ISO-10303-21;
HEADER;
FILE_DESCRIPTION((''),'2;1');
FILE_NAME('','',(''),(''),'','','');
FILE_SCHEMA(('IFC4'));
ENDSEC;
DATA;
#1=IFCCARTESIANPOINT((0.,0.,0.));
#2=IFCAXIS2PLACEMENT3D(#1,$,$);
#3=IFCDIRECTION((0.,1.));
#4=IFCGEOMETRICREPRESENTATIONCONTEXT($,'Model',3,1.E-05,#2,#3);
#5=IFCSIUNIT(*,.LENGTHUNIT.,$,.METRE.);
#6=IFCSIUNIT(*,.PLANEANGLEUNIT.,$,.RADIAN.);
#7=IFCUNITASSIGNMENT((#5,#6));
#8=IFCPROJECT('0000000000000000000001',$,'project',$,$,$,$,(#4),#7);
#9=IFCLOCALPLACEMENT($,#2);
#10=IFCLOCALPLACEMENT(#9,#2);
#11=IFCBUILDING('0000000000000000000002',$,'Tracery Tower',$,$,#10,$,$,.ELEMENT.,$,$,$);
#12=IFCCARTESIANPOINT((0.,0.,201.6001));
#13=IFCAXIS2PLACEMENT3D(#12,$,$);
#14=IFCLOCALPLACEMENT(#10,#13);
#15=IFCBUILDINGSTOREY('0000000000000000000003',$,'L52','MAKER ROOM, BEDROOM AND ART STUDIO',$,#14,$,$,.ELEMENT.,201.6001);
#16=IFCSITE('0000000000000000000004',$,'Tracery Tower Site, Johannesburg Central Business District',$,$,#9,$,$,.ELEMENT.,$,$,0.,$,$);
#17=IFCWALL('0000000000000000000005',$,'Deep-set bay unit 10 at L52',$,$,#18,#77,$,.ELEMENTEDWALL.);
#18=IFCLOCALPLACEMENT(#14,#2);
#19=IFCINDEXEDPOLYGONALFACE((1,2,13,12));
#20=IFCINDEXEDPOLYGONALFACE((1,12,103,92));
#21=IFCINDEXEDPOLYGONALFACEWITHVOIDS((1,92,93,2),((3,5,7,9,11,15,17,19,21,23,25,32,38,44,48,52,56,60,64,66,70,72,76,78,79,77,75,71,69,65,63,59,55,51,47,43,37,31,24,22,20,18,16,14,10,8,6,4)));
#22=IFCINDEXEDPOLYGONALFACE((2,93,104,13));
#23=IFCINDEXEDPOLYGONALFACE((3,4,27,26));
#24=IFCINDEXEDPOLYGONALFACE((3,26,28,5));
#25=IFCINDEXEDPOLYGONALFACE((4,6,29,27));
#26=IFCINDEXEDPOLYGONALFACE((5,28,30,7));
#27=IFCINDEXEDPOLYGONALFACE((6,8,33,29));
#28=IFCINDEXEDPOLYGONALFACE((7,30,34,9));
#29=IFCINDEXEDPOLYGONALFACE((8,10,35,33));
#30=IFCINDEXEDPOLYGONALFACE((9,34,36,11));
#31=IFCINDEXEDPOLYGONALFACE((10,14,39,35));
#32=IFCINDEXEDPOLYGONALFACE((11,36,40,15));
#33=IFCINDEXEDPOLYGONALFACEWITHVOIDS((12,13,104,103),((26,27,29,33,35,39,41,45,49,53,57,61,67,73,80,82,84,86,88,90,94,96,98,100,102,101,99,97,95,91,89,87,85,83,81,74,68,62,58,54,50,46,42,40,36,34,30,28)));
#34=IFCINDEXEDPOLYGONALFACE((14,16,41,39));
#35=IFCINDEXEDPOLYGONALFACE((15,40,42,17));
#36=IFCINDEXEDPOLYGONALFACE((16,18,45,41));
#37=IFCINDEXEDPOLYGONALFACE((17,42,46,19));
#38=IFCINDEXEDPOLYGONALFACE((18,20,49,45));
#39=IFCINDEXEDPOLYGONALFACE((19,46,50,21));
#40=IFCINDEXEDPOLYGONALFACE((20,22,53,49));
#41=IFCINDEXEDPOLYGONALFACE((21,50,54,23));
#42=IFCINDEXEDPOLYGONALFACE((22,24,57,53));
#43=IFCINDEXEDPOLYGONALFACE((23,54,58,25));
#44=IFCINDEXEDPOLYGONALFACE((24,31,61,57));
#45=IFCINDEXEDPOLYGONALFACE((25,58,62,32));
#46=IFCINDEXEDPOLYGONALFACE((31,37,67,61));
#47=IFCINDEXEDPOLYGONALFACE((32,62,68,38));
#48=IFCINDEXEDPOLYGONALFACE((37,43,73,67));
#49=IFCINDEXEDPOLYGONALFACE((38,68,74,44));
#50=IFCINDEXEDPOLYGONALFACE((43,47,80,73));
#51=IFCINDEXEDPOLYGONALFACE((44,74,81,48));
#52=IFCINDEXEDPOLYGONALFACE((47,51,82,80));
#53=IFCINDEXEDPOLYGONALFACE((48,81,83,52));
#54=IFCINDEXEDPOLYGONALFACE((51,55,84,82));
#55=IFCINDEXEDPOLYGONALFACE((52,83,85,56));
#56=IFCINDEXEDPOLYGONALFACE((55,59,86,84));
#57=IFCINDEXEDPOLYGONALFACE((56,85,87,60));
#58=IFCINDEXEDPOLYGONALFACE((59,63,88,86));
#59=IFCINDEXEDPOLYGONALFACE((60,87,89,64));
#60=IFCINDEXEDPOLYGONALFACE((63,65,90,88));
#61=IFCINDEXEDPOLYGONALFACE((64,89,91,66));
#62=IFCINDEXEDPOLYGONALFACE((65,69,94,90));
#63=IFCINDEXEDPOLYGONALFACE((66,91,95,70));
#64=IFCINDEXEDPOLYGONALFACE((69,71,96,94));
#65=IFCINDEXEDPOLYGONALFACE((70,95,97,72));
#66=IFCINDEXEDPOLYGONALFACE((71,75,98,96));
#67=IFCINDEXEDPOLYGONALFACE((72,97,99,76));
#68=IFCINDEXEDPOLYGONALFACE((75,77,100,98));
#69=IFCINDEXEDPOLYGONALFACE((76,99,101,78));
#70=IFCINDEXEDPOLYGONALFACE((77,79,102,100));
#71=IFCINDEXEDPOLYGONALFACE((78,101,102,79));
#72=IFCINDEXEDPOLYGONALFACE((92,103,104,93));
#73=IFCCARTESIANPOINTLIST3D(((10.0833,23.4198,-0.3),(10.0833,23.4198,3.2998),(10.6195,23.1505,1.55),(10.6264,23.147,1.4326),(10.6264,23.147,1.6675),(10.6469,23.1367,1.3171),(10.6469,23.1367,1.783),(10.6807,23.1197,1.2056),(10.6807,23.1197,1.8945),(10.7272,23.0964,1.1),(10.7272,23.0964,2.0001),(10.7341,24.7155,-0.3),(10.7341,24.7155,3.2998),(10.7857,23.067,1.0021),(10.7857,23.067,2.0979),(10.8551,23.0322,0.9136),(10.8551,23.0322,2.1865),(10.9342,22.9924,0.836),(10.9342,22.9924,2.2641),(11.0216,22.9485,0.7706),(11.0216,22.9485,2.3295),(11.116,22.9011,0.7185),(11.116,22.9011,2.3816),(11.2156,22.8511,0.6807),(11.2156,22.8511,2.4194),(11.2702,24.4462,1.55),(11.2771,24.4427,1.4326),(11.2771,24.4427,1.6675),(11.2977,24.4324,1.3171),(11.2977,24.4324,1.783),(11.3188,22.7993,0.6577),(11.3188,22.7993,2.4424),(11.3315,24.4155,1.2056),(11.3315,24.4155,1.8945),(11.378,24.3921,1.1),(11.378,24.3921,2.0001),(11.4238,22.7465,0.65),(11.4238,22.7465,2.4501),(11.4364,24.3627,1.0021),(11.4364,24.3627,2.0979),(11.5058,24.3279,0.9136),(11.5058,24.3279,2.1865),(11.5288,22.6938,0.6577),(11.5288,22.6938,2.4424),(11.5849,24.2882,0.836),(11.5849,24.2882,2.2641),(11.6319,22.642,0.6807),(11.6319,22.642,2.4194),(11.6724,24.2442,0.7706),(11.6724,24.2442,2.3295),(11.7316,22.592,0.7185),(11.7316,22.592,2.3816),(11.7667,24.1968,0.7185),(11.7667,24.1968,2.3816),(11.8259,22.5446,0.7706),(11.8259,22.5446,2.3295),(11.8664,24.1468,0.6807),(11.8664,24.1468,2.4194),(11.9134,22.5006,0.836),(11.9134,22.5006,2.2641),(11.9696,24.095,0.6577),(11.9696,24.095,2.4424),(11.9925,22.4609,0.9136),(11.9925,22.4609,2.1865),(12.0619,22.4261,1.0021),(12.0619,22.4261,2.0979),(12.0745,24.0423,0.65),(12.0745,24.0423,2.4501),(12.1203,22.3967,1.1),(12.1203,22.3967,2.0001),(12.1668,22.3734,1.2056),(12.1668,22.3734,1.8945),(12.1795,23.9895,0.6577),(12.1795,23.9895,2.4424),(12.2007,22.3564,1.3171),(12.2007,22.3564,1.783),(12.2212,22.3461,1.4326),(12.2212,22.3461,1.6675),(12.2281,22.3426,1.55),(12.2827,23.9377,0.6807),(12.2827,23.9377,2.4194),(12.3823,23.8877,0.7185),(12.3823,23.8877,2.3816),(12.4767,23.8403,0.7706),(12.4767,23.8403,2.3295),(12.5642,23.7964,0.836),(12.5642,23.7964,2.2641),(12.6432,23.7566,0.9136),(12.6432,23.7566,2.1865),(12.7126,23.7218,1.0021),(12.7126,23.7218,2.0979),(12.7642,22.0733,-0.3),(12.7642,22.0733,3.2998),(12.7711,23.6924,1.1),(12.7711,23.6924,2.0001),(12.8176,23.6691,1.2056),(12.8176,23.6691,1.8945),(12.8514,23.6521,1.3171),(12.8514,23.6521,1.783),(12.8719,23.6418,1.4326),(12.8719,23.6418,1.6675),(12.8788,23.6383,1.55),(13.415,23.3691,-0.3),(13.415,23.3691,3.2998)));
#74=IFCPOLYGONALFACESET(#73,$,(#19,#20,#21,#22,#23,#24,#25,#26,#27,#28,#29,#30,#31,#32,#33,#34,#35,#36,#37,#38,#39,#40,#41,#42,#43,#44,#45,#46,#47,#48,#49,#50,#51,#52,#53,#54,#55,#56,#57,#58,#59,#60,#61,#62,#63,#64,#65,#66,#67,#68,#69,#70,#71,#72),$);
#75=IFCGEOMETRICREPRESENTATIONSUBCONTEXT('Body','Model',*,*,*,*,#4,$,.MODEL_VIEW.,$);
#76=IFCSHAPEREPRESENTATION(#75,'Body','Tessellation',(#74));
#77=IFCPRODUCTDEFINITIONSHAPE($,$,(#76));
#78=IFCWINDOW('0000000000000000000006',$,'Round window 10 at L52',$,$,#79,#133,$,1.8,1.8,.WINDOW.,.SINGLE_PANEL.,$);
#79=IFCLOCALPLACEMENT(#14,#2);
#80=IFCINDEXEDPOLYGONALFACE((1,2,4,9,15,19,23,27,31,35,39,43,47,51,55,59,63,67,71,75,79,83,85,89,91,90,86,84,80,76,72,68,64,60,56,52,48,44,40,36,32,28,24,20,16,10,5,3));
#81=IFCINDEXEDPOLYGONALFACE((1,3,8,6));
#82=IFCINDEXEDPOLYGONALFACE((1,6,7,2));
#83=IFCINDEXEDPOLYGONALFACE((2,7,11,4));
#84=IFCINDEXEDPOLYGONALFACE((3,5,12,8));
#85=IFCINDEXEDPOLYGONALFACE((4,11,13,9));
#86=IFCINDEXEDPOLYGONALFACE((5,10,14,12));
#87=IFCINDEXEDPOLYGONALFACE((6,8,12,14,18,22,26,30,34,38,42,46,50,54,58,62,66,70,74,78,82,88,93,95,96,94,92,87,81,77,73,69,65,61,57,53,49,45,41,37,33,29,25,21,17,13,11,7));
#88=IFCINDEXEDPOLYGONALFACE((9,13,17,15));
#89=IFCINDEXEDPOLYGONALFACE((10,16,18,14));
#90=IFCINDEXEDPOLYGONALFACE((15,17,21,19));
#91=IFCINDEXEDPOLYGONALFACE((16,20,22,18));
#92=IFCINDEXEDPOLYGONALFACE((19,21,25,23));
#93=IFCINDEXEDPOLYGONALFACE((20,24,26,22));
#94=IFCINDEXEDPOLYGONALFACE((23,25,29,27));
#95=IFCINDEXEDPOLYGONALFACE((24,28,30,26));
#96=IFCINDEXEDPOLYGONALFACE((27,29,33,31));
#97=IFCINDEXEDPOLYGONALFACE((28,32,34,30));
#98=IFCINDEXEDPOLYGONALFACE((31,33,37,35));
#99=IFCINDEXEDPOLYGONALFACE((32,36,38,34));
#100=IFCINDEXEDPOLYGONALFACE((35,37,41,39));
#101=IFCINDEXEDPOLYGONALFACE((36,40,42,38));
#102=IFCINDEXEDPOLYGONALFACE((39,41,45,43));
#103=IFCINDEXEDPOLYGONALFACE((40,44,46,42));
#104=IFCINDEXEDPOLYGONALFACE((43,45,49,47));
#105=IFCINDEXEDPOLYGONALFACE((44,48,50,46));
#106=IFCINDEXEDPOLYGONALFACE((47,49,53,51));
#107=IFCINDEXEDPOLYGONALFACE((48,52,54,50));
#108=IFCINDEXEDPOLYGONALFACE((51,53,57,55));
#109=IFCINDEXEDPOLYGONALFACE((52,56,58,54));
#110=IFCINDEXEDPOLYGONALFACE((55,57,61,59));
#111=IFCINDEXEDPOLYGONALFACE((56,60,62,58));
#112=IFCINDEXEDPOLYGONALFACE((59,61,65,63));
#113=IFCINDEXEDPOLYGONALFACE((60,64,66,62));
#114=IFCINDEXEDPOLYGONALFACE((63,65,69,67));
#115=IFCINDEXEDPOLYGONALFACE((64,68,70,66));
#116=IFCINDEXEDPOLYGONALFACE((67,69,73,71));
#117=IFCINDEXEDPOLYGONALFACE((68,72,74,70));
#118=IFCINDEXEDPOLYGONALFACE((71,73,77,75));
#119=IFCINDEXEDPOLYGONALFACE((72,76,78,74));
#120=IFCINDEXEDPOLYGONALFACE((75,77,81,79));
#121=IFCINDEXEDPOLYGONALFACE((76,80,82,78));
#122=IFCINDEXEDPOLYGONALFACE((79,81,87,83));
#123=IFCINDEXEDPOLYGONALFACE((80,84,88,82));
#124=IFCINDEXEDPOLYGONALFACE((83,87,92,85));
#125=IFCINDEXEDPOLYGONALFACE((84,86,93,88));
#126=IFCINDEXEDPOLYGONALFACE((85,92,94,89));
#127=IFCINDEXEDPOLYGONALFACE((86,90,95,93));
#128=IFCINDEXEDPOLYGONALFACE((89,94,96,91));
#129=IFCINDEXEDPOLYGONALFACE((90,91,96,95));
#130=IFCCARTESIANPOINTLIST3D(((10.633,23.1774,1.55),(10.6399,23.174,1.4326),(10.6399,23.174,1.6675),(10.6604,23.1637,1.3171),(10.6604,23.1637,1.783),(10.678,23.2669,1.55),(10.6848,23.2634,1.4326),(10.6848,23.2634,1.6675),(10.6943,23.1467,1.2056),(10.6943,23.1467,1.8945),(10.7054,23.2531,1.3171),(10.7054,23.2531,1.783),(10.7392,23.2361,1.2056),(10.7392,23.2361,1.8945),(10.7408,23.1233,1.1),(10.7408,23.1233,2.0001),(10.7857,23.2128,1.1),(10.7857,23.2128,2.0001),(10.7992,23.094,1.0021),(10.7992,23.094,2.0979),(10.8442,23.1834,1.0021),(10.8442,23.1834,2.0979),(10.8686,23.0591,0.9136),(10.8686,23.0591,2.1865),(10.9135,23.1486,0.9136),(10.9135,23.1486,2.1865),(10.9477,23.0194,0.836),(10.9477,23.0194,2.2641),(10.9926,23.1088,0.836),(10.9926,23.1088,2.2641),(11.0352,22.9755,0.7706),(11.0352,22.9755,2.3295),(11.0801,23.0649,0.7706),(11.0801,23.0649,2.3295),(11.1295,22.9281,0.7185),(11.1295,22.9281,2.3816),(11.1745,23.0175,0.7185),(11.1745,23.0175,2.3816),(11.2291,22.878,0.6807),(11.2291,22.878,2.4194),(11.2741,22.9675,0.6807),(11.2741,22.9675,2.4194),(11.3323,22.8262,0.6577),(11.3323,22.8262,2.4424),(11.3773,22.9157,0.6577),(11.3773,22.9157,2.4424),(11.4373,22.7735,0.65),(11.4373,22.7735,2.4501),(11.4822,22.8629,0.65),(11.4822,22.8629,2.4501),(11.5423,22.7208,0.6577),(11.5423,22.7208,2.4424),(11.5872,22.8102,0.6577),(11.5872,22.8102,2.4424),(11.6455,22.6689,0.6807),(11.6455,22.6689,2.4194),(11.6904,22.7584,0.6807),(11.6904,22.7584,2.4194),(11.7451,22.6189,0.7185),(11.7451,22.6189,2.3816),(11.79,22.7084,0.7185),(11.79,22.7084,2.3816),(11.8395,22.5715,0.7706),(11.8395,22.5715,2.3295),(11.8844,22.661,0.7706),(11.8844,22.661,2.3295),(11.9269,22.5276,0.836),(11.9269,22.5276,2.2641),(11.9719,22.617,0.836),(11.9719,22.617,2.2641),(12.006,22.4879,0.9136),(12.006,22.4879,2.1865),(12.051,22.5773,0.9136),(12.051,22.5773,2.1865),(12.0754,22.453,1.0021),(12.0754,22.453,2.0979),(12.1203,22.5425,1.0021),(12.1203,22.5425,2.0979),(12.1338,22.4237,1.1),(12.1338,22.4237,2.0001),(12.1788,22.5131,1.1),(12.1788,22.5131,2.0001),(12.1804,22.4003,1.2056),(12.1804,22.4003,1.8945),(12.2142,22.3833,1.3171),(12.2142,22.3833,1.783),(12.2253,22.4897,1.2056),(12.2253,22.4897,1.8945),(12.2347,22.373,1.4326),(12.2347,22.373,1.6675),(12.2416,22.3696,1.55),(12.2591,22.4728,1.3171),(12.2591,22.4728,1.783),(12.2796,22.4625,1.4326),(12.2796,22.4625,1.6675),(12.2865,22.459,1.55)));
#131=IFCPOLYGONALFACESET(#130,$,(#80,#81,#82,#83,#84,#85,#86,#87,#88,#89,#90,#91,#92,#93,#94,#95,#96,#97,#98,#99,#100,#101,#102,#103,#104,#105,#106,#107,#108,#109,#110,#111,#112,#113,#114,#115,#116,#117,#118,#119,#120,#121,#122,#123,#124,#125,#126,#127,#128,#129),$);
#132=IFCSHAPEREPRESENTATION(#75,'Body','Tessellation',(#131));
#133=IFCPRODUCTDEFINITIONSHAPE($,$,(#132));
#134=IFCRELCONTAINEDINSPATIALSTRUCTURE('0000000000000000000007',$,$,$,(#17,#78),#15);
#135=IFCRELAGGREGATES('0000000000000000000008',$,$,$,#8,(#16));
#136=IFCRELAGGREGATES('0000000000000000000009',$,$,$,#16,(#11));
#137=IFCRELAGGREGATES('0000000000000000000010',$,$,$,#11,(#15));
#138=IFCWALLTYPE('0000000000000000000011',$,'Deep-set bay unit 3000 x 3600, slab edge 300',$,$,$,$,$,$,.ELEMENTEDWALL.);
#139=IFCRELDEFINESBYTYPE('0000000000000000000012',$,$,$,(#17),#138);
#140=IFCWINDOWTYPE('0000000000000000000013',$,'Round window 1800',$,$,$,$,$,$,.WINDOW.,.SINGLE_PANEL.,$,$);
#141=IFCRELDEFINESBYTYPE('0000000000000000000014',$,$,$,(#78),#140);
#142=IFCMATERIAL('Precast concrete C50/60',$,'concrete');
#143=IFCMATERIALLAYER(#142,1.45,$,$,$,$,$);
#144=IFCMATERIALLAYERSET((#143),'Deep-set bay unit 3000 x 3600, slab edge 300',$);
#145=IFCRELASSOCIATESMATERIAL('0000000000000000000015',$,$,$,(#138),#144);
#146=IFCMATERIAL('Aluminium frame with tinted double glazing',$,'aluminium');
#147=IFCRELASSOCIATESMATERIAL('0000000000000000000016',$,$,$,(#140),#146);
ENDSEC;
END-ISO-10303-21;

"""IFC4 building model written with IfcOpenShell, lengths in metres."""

from ifc_helpers import new_model, si_unit, direction, frame, frame_2d, origin, origin_2d, place, context, subcontext, project, spatial, rectangle, circle, extrude, material, layer, layer_set, type_object, element, fill, save


model = new_model("IFC4")

# Units and contexts
model_context = context("Model", 3, precision=1e-05, world=origin(), true_north=direction((0.0, 1.0)))
body_context = subcontext(model_context, "Body", "Model", "MODEL_VIEW")
ifc_project = project(units=[si_unit("LENGTHUNIT", "METRE"), si_unit("PLANEANGLEUNIT", "RADIAN")], contexts=[model_context])

# Site, building, storey
site_placement = place(None, origin())
site = spatial("IfcSite", under=ifc_project, at=site_placement, Name="Tracery Tower Site, Johannesburg Central Business District", CompositionType="ELEMENT", RefElevation=0.0)
building_placement = place(site_placement, origin())
building = spatial("IfcBuilding", under=site, at=building_placement, Name="Tracery Tower", CompositionType="ELEMENT")
storey_placement = place(building_placement, frame((0.0, 0.0, 201.6001)))
storey = spatial("IfcBuildingStorey", under=building, at=storey_placement, Name="L52", Description="MAKER ROOM, BEDROOM AND ART STUDIO", CompositionType="ELEMENT", Elevation=201.6001)

# Wall, opening, window
ifc_material_1 = material(Name="Precast concrete C50/60", Category="concrete")
ifc_layer_1 = layer(ifc_material_1, 1.45)
ifc_layer_set_1 = layer_set([ifc_layer_1], Name="Deep-set bay unit 3000 x 3600, slab edge 300")
wall_type_1 = type_object("IfcWallType", Name="Deep-set bay unit 3000 x 3600, slab edge 300", PredefinedType="ELEMENTEDWALL", material=ifc_layer_set_1)
ifc_material_2 = material(Name="Aluminium frame with tinted double glazing", Category="aluminium")
window_type = type_object("IfcWindowType", Name="Round window 1800", PartitioningType="SINGLE_PANEL", PredefinedType="WINDOW", material=ifc_material_2)
wall_1_placement = place(storey_placement, frame((13.0896, 22.7212, -0.3), z_axis=(0.0, 0.0, 1.0), x_axis=(-0.893628, 0.448808, 0.0)))
wall_1 = element("IfcWall", 1, at=wall_1_placement, inside=storey, type_object=wall_type_1, Name="Deep-set bay unit 10 at L52", PredefinedType="ELEMENTEDWALL", context=body_context, shape_type="SweptSolid", body=[
    extrude(rectangle(XDim=3.0, YDim=1.45, at=frame_2d((1.5, 0.0))), origin(), (0.0, 0.0, 1.0), 3.5999),
])
opening_1_placement = place(wall_1_placement, frame((1.5, 0.0, 1.8501)))
opening_1 = element("IfcOpeningElement", 2, at=opening_1_placement, cuts=wall_1, PredefinedType="OPENING", context=body_context, shape_type="SweptSolid", body=[
    extrude(circle(Radius=0.9, at=origin_2d()), frame((0.0, 0.7349, 0.0), z_axis=(0.0, -1.0, 0.0), x_axis=(1.0, 0.0, 0.0)), (0.0, 0.0, 1.0), 1.47),
])
window_1_placement = place(opening_1_placement, origin())
window_1 = element("IfcWindow", 3, at=window_1_placement, inside=storey, type_object=window_type, Name="Round window 10 at L52", OverallHeight=1.8, OverallWidth=1.8, PartitioningType="SINGLE_PANEL", PredefinedType="WINDOW", context=body_context, shape_type="SweptSolid", body=[
    extrude(circle(Radius=0.9, at=origin_2d()), frame((0.0, 0.6948, 0.0), z_axis=(0.0, -1.0, 0.0), x_axis=(1.0, 0.0, 0.0)), (0.0, 0.0, 1.0), 0.1001),
])
fill(opening_1, window_1)

save(model, "model.ifc")
